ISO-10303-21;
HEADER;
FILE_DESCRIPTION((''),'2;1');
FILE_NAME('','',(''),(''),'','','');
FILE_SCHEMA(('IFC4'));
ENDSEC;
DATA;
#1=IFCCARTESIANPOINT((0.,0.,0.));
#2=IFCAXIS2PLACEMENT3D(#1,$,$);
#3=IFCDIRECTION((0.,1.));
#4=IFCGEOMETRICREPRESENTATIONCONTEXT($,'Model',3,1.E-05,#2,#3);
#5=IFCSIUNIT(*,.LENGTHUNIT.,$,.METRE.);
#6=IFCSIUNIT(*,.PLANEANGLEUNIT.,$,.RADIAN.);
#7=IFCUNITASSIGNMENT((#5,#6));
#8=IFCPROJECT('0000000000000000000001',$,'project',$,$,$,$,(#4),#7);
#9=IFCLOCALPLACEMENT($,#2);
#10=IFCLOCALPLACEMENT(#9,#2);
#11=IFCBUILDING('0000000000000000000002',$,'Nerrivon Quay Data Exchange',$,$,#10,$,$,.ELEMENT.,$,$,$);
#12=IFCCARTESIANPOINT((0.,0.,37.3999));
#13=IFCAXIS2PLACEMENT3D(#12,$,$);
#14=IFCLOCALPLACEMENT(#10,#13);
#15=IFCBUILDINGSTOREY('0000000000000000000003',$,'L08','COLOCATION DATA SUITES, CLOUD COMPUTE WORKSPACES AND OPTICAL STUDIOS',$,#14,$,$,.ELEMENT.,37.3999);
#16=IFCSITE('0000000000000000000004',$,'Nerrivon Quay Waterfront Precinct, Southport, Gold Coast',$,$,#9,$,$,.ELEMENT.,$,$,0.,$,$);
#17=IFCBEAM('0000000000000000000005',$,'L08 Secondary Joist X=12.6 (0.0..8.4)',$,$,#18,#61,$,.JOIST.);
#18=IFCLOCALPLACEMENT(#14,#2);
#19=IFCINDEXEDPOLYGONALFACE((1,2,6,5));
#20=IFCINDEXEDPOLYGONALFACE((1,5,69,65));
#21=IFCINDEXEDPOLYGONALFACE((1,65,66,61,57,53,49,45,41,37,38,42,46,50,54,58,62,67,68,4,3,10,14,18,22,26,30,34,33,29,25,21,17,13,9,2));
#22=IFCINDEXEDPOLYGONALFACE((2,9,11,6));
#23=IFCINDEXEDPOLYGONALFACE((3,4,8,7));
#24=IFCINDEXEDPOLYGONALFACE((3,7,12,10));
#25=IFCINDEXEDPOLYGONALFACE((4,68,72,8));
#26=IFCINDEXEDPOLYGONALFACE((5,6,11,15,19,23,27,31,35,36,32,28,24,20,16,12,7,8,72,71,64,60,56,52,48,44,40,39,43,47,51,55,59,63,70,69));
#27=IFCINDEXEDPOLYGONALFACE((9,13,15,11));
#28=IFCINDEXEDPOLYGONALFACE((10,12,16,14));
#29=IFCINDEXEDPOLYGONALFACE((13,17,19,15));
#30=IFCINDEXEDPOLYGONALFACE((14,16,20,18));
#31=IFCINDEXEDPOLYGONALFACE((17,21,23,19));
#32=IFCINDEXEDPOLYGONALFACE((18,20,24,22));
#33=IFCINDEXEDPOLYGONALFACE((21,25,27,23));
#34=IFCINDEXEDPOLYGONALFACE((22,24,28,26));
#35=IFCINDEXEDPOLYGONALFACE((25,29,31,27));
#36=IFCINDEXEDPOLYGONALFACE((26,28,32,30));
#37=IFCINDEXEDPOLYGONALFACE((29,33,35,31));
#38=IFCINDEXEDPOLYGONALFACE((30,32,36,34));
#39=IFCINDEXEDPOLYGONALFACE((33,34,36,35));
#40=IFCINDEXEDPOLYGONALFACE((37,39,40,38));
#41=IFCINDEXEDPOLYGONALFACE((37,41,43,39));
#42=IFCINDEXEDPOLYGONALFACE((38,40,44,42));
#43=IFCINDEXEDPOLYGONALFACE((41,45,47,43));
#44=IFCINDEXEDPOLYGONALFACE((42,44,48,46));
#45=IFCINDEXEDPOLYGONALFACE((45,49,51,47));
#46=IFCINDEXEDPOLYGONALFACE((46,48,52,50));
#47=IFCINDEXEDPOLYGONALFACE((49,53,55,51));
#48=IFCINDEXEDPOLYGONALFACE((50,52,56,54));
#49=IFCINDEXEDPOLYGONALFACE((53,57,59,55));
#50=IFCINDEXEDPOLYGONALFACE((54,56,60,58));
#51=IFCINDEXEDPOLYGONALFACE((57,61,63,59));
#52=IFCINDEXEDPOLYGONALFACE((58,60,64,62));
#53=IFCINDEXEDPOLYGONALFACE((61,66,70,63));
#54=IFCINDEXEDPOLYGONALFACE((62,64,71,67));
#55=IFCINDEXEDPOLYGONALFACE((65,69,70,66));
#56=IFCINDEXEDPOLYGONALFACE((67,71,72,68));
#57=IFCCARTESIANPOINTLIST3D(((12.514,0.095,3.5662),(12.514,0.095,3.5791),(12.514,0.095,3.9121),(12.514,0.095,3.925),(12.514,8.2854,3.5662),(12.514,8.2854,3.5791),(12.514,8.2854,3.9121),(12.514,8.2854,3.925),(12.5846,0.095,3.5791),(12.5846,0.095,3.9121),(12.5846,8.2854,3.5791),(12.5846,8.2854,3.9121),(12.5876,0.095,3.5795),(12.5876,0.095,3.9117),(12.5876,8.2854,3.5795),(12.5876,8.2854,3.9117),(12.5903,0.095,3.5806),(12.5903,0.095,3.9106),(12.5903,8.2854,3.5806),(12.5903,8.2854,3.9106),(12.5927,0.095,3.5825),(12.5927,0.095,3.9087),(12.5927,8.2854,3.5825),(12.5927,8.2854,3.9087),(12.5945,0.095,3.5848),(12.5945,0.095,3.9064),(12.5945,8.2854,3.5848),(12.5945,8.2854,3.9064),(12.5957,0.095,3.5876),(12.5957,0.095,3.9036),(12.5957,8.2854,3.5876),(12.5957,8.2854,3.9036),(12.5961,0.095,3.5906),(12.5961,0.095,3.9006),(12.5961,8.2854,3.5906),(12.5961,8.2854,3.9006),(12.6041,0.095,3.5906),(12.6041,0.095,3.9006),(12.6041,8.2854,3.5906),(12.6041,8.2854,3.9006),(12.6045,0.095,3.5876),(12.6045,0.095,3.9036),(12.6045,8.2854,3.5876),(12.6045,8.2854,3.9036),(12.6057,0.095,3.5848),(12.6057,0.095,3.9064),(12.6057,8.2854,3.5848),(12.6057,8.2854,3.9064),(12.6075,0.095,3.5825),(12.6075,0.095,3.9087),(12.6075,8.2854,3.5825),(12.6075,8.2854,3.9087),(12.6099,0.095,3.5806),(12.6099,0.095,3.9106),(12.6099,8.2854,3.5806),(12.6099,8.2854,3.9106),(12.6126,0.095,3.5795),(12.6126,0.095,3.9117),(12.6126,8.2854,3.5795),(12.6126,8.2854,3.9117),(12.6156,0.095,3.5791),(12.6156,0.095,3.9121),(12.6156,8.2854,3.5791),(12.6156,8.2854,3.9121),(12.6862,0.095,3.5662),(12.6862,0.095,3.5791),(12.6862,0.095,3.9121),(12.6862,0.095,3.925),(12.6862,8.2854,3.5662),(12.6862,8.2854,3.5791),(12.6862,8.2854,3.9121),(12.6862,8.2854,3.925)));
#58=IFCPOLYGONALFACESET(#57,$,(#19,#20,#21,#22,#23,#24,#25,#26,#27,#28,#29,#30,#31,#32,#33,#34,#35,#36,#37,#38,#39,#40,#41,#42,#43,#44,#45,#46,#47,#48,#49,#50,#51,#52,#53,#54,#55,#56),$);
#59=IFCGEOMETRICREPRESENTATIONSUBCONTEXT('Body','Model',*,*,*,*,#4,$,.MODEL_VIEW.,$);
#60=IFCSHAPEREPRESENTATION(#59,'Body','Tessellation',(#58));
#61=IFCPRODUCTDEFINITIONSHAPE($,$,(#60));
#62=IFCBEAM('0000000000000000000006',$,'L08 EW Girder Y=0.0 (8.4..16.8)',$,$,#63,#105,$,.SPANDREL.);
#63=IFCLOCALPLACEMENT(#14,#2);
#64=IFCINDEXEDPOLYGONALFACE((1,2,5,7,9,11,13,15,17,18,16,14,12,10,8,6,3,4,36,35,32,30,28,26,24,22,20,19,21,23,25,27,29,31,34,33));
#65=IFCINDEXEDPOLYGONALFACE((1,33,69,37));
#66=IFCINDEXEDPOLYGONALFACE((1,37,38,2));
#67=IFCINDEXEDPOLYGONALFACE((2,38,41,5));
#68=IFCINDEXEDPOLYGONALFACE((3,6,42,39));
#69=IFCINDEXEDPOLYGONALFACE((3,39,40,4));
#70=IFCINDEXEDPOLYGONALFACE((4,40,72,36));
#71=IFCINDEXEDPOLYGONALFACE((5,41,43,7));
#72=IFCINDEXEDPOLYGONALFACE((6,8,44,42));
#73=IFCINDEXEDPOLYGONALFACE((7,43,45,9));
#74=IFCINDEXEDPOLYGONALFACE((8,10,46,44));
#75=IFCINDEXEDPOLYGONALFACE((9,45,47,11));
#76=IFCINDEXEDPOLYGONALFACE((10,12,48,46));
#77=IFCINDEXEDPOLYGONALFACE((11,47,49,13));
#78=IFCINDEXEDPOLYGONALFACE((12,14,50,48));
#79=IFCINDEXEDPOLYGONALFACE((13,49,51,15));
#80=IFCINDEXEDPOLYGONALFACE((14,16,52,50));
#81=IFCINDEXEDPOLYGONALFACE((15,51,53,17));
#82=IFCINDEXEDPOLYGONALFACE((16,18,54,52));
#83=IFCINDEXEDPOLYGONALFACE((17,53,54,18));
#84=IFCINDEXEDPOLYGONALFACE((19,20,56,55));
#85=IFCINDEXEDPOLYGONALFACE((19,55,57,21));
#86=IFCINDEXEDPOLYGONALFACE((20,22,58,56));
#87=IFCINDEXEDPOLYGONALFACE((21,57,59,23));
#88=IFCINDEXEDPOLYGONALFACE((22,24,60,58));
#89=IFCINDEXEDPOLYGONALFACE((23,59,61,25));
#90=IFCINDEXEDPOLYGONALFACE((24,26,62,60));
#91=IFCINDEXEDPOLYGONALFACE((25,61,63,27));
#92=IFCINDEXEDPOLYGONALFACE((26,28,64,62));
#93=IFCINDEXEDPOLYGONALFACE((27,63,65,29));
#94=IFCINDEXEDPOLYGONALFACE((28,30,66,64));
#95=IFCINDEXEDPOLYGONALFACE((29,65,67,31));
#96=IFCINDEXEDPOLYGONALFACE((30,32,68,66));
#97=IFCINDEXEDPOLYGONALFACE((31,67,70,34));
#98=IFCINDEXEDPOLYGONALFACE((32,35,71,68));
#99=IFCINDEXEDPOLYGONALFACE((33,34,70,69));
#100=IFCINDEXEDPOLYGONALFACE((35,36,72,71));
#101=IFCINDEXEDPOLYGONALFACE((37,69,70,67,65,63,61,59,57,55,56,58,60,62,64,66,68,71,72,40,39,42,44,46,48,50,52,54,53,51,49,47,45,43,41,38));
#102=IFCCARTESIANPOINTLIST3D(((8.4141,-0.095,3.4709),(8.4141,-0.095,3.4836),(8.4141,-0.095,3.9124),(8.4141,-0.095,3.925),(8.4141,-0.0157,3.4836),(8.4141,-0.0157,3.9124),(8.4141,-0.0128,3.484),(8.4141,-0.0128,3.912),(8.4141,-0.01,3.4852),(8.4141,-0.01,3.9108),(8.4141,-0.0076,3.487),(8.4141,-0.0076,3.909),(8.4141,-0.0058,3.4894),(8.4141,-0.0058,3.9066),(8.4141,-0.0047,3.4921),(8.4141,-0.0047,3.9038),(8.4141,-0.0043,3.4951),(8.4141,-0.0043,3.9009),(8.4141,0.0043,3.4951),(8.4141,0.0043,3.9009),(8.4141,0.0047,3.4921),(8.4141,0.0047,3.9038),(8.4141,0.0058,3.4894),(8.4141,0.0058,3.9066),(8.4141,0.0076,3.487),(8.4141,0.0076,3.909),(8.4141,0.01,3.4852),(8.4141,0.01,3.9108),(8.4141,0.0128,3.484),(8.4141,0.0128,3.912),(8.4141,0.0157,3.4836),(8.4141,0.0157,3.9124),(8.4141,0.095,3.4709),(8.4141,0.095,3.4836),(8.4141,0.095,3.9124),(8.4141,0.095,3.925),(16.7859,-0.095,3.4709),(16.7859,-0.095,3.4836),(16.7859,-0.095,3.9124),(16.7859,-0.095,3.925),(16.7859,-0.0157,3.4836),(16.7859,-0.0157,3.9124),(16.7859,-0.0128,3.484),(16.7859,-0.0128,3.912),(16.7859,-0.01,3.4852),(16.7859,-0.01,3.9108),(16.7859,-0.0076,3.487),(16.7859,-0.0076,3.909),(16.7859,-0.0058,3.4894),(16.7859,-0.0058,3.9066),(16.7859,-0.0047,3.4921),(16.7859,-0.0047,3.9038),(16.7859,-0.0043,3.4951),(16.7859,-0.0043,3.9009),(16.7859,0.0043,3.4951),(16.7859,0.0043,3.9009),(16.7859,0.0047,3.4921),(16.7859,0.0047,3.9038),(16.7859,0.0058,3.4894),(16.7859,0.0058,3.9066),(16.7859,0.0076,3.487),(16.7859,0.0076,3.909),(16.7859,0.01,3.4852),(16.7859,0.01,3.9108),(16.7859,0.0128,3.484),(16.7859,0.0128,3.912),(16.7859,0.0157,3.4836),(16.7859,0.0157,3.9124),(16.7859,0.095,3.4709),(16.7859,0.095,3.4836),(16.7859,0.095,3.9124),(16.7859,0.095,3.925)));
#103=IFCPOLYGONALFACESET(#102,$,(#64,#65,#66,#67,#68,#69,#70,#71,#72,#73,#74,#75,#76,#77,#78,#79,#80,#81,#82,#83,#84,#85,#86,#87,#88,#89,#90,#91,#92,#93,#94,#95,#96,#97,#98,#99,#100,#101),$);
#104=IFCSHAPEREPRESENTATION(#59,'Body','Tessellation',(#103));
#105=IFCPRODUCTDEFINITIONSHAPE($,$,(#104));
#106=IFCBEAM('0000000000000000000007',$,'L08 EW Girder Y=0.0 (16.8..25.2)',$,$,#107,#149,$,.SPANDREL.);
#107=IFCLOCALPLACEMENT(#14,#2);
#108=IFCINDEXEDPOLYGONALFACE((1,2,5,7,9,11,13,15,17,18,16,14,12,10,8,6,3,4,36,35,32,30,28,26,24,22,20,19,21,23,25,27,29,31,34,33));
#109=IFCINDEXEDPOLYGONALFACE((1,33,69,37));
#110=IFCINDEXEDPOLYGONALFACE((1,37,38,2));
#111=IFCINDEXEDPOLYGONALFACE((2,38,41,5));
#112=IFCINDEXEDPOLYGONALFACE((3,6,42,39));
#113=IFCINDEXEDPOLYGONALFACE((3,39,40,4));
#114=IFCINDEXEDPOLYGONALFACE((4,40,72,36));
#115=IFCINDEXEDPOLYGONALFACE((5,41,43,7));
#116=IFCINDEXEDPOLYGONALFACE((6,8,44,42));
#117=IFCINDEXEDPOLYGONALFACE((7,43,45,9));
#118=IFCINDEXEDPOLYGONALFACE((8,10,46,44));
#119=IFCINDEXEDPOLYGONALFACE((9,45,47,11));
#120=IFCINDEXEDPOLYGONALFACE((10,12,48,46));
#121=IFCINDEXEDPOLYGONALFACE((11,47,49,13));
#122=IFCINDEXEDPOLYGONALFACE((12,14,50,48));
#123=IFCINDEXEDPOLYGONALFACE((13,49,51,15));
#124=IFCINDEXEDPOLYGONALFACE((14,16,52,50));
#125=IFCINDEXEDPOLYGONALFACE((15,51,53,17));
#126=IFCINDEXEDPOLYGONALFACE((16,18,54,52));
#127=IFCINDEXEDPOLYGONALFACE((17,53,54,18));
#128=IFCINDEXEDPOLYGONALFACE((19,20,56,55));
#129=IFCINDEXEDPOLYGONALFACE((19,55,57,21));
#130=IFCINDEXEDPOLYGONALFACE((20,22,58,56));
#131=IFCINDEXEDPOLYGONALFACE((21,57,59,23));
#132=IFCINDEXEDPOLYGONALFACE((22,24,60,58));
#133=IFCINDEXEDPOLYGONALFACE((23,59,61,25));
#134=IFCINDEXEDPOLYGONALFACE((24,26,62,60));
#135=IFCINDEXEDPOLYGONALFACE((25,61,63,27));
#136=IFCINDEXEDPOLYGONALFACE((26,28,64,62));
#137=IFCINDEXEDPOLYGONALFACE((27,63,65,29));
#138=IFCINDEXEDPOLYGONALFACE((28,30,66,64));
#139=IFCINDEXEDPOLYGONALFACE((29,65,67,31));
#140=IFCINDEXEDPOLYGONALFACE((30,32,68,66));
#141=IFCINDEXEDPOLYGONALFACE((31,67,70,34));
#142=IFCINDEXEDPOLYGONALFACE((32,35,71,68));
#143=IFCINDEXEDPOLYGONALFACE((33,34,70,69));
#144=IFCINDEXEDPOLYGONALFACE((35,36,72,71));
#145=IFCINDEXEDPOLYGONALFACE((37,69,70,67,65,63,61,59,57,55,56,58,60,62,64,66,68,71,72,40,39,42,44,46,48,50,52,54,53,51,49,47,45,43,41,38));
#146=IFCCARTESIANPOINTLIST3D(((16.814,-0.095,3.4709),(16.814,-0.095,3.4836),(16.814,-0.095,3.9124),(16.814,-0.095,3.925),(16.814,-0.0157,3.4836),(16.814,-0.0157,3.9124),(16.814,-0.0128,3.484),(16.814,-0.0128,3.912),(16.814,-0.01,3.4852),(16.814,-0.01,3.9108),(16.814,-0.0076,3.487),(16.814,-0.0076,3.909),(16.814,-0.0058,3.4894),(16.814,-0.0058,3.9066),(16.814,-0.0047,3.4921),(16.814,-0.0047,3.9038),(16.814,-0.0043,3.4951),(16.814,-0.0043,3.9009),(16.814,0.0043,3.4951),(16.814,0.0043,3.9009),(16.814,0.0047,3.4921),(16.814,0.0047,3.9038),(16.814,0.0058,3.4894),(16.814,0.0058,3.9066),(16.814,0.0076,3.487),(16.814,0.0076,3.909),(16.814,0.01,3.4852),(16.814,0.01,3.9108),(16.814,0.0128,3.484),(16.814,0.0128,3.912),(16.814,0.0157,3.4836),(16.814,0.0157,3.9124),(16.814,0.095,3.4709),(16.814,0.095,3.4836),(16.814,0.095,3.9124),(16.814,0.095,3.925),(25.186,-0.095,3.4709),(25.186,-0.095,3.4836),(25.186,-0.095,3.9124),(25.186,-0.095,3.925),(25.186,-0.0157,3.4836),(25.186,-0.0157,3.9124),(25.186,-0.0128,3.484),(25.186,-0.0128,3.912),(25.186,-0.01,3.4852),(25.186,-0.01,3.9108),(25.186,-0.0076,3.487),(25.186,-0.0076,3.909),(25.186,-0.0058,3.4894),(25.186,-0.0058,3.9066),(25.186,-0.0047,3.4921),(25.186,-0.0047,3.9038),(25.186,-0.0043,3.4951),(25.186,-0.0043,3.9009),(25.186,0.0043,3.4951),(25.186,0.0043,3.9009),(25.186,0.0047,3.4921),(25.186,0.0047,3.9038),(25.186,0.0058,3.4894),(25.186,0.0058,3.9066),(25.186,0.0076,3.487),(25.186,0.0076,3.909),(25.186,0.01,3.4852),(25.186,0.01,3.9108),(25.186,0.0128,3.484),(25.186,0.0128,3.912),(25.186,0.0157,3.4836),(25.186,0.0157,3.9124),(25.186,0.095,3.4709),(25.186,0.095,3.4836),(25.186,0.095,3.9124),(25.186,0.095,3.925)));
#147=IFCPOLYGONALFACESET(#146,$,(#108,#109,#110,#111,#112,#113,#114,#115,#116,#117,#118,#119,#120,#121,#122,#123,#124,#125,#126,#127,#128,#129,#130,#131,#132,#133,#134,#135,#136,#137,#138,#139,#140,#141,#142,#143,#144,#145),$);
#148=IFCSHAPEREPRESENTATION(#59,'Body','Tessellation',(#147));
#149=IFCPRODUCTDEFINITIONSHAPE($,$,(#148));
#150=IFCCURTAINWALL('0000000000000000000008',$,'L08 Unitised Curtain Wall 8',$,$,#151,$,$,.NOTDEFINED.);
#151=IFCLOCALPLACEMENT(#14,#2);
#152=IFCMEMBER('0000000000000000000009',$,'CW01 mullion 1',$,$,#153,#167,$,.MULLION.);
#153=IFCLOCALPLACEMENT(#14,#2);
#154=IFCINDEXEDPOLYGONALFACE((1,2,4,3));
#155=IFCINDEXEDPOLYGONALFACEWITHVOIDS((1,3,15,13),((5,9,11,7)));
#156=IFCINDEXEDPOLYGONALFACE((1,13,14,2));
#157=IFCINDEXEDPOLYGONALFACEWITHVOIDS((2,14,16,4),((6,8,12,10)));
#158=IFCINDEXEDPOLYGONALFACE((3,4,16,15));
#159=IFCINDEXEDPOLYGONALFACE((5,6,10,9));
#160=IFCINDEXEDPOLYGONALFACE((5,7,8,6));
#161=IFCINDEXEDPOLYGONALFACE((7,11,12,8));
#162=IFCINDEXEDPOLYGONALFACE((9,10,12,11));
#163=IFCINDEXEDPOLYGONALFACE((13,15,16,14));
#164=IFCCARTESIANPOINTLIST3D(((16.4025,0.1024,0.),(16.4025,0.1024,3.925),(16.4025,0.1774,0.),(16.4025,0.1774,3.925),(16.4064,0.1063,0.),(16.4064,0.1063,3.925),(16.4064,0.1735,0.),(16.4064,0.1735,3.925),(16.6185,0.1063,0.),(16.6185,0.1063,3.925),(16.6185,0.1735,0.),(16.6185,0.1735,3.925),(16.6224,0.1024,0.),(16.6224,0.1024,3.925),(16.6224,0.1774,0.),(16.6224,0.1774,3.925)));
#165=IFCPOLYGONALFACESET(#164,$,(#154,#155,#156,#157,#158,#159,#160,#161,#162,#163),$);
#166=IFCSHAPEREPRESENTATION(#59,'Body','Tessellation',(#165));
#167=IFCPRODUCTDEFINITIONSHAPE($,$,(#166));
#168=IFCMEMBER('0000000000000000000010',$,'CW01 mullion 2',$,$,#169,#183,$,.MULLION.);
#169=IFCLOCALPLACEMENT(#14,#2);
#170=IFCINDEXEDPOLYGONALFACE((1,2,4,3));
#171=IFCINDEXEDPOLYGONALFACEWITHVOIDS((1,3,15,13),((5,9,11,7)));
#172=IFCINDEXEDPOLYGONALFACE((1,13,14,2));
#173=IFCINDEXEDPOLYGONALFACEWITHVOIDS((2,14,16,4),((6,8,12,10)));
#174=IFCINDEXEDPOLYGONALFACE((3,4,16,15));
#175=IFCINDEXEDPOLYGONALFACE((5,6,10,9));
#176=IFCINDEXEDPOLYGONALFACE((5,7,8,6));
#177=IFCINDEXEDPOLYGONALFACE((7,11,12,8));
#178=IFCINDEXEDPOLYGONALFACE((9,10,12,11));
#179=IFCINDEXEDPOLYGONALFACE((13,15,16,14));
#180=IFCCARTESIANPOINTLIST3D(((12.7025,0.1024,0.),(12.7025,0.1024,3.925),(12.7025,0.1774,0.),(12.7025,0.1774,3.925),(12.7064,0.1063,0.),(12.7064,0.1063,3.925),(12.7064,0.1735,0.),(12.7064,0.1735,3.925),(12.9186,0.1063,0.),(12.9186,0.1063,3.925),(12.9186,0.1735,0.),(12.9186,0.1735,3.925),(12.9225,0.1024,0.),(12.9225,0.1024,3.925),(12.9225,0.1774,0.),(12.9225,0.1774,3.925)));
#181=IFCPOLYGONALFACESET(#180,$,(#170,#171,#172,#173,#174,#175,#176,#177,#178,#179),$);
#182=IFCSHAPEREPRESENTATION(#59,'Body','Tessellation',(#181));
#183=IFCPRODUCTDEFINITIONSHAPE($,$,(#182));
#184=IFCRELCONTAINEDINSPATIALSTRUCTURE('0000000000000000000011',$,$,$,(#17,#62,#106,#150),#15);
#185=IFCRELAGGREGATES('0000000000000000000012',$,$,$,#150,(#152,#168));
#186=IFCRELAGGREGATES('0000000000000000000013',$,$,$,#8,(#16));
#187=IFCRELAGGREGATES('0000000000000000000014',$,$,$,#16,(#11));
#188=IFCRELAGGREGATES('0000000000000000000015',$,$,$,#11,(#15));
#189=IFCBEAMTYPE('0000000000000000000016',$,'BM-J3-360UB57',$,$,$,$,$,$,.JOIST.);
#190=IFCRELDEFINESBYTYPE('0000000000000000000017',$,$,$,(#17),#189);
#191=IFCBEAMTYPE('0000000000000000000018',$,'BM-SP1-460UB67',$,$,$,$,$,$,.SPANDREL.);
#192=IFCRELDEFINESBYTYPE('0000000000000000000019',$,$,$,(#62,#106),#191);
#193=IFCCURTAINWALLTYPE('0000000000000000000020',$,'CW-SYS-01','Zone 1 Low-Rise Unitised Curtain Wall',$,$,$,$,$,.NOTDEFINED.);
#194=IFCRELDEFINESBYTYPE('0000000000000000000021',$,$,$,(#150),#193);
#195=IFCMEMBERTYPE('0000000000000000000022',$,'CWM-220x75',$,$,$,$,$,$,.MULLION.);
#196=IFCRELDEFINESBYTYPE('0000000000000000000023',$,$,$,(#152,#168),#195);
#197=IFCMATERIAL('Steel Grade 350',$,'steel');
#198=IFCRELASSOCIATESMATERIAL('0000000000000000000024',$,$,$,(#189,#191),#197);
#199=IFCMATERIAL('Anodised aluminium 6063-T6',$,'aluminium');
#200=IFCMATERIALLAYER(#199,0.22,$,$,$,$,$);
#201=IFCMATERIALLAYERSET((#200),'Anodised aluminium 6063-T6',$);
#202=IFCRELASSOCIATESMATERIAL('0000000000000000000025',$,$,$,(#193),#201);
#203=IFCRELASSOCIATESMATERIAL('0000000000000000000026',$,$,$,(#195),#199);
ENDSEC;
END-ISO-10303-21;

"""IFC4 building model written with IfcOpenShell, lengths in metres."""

from ifc_helpers import new_model, si_unit, direction, frame, origin, origin_2d, place, context, subcontext, project, spatial, hollow_rectangle, i_section, extrude, material, layer, layer_set, material_profile, profile_set, type_object, element, aggregate, save


model = new_model("IFC4")

# Units and contexts
model_context = context("Model", 3, precision=1e-05, world=origin(), true_north=direction((0.0, 1.0)))
body_context = subcontext(model_context, "Body", "Model", "MODEL_VIEW")
ifc_project = project(units=[si_unit("LENGTHUNIT", "METRE"), si_unit("PLANEANGLEUNIT", "RADIAN")], contexts=[model_context])

# Site, building, storey
site_placement = place(None, origin())
site = spatial("IfcSite", under=ifc_project, at=site_placement, Name="Nerrivon Quay Waterfront Precinct, Southport, Gold Coast", CompositionType="ELEMENT", RefElevation=0.0)
building_placement = place(site_placement, origin())
building = spatial("IfcBuilding", under=site, at=building_placement, Name="Nerrivon Quay Data Exchange", CompositionType="ELEMENT")
storey_placement = place(building_placement, frame((0.0, 0.0, 37.3999)))
storey = spatial("IfcBuildingStorey", under=building, at=storey_placement, Name="L08", Description="COLOCATION DATA SUITES, CLOUD COMPUTE WORKSPACES AND OPTICAL STUDIOS", CompositionType="ELEMENT", Elevation=37.3999)

# Shared definitions
ifc_material_1 = material(Name="Steel Grade 350", Category="steel")

# Beams
ifc_material_profile_1 = material_profile(ifc_material_1, i_section(OverallWidth=0.1721, OverallDepth=0.3589, WebThickness=0.0081, FlangeThickness=0.0129, FilletRadius=0.0115, at=origin_2d()), Name="360UB56.7")
ifc_profile_set_1 = profile_set([ifc_material_profile_1], Name="Steel Grade 350")
beam_type_1 = type_object("IfcBeamType", Name="BM-J3-360UB57", PredefinedType="JOIST", material=ifc_profile_set_1)
beam_1_placement = place(storey_placement, frame((12.6001, 0.095, 3.7456), z_axis=(0.0, 1.0, 0.0), x_axis=(-1.0, 0.0, 0.0)))
element("IfcBeam", 1, at=beam_1_placement, inside=storey, type_object=beam_type_1, Name="L08 Secondary Joist X=12.6 (0.0..8.4)", PredefinedType="JOIST", context=body_context, shape_type="SweptSolid", body=[
    extrude(i_section(OverallWidth=0.1721, OverallDepth=0.3589, WebThickness=0.0081, FlangeThickness=0.0129, FilletRadius=0.0115, at=origin_2d()), origin(), (0.0, 0.0, 1.0), 8.1904),
])
ifc_material_profile_2 = material_profile(ifc_material_1, i_section(OverallWidth=0.1899, OverallDepth=0.4541, WebThickness=0.0085, FlangeThickness=0.0127, FilletRadius=0.0115, at=origin_2d()), Name="460UB67.1")
ifc_profile_set_2 = profile_set([ifc_material_profile_2], Name="Steel Grade 350")
beam_type_2 = type_object("IfcBeamType", Name="BM-SP1-460UB67", PredefinedType="SPANDREL", material=ifc_profile_set_2)
beam_2_placement = place(storey_placement, frame((8.4141, 0.0, 3.698), z_axis=(1.0, 0.0, 0.0), x_axis=(0.0, 1.0, 0.0)))
element("IfcBeam", 2, at=beam_2_placement, inside=storey, type_object=beam_type_2, Name="L08 EW Girder Y=0.0 (8.4..16.8)", PredefinedType="SPANDREL", context=body_context, shape_type="SweptSolid", body=[
    extrude(i_section(OverallWidth=0.1899, OverallDepth=0.4541, WebThickness=0.0085, FlangeThickness=0.0127, FilletRadius=0.0115, at=origin_2d()), origin(), (0.0, 0.0, 1.0), 8.3718),
])
beam_3_placement = place(storey_placement, frame((16.814, 0.0, 3.698), z_axis=(1.0, 0.0, 0.0), x_axis=(0.0, 1.0, 0.0)))
element("IfcBeam", 3, at=beam_3_placement, inside=storey, type_object=beam_type_2, Name="L08 EW Girder Y=0.0 (16.8..25.2)", PredefinedType="SPANDREL", context=body_context, shape_type="SweptSolid", body=[
    extrude(i_section(OverallWidth=0.1899, OverallDepth=0.4541, WebThickness=0.0085, FlangeThickness=0.0127, FilletRadius=0.0115, at=origin_2d()), origin(), (0.0, 0.0, 1.0), 8.3721),
])

# Curtain wall, members
ifc_material_2 = material(Name="Anodised aluminium 6063-T6", Category="aluminium")
ifc_layer_1 = layer(ifc_material_2, 0.22)
ifc_layer_set_1 = layer_set([ifc_layer_1], Name="Anodised aluminium 6063-T6")
curtain_wall_type = type_object("IfcCurtainWallType", Name="CW-SYS-01", Description="Zone 1 Low-Rise Unitised Curtain Wall", PredefinedType="NOTDEFINED", material=ifc_layer_set_1)
curtain_wall_1_placement = place(storey_placement, origin())
curtain_wall_1 = element("IfcCurtainWall", 4, at=curtain_wall_1_placement, inside=storey, type_object=curtain_wall_type, Name="L08 Unitised Curtain Wall 8", PredefinedType="NOTDEFINED")
ifc_material_profile_3 = material_profile(ifc_material_2, hollow_rectangle(XDim=0.075, YDim=0.22, WallThickness=0.0039, at=origin_2d()), Name="ALU-MULL-220x75")
ifc_profile_set_3 = profile_set([ifc_material_profile_3], Name="Anodised aluminium 6063-T6")
member_type_1 = type_object("IfcMemberType", Name="CWM-220x75", PredefinedType="MULLION", material=ifc_profile_set_3)
member_1_placement = place(storey_placement, frame((16.5125, 0.1399, 0.0), z_axis=(0.0, 0.0, 1.0), x_axis=(0.0, -1.0, 0.0)))
member_1 = element("IfcMember", 5, at=member_1_placement, type_object=member_type_1, Name="CW01 mullion 1", PredefinedType="MULLION", context=body_context, shape_type="SweptSolid", body=[
    extrude(hollow_rectangle(XDim=0.075, YDim=0.22, WallThickness=0.0039, at=origin_2d()), origin(), (0.0, 0.0, 1.0), 3.925),
])
member_2_placement = place(storey_placement, frame((12.8125, 0.1399, 0.0), z_axis=(0.0, 0.0, 1.0), x_axis=(0.0, -1.0, 0.0)))
member_2 = element("IfcMember", 6, at=member_2_placement, type_object=member_type_1, Name="CW01 mullion 2", PredefinedType="MULLION", context=body_context, shape_type="SweptSolid", body=[
    extrude(hollow_rectangle(XDim=0.075, YDim=0.22, WallThickness=0.0039, at=origin_2d()), origin(), (0.0, 0.0, 1.0), 3.925),
])

aggregate(curtain_wall_1, [member_1, member_2])

save(model, "model.ifc")
